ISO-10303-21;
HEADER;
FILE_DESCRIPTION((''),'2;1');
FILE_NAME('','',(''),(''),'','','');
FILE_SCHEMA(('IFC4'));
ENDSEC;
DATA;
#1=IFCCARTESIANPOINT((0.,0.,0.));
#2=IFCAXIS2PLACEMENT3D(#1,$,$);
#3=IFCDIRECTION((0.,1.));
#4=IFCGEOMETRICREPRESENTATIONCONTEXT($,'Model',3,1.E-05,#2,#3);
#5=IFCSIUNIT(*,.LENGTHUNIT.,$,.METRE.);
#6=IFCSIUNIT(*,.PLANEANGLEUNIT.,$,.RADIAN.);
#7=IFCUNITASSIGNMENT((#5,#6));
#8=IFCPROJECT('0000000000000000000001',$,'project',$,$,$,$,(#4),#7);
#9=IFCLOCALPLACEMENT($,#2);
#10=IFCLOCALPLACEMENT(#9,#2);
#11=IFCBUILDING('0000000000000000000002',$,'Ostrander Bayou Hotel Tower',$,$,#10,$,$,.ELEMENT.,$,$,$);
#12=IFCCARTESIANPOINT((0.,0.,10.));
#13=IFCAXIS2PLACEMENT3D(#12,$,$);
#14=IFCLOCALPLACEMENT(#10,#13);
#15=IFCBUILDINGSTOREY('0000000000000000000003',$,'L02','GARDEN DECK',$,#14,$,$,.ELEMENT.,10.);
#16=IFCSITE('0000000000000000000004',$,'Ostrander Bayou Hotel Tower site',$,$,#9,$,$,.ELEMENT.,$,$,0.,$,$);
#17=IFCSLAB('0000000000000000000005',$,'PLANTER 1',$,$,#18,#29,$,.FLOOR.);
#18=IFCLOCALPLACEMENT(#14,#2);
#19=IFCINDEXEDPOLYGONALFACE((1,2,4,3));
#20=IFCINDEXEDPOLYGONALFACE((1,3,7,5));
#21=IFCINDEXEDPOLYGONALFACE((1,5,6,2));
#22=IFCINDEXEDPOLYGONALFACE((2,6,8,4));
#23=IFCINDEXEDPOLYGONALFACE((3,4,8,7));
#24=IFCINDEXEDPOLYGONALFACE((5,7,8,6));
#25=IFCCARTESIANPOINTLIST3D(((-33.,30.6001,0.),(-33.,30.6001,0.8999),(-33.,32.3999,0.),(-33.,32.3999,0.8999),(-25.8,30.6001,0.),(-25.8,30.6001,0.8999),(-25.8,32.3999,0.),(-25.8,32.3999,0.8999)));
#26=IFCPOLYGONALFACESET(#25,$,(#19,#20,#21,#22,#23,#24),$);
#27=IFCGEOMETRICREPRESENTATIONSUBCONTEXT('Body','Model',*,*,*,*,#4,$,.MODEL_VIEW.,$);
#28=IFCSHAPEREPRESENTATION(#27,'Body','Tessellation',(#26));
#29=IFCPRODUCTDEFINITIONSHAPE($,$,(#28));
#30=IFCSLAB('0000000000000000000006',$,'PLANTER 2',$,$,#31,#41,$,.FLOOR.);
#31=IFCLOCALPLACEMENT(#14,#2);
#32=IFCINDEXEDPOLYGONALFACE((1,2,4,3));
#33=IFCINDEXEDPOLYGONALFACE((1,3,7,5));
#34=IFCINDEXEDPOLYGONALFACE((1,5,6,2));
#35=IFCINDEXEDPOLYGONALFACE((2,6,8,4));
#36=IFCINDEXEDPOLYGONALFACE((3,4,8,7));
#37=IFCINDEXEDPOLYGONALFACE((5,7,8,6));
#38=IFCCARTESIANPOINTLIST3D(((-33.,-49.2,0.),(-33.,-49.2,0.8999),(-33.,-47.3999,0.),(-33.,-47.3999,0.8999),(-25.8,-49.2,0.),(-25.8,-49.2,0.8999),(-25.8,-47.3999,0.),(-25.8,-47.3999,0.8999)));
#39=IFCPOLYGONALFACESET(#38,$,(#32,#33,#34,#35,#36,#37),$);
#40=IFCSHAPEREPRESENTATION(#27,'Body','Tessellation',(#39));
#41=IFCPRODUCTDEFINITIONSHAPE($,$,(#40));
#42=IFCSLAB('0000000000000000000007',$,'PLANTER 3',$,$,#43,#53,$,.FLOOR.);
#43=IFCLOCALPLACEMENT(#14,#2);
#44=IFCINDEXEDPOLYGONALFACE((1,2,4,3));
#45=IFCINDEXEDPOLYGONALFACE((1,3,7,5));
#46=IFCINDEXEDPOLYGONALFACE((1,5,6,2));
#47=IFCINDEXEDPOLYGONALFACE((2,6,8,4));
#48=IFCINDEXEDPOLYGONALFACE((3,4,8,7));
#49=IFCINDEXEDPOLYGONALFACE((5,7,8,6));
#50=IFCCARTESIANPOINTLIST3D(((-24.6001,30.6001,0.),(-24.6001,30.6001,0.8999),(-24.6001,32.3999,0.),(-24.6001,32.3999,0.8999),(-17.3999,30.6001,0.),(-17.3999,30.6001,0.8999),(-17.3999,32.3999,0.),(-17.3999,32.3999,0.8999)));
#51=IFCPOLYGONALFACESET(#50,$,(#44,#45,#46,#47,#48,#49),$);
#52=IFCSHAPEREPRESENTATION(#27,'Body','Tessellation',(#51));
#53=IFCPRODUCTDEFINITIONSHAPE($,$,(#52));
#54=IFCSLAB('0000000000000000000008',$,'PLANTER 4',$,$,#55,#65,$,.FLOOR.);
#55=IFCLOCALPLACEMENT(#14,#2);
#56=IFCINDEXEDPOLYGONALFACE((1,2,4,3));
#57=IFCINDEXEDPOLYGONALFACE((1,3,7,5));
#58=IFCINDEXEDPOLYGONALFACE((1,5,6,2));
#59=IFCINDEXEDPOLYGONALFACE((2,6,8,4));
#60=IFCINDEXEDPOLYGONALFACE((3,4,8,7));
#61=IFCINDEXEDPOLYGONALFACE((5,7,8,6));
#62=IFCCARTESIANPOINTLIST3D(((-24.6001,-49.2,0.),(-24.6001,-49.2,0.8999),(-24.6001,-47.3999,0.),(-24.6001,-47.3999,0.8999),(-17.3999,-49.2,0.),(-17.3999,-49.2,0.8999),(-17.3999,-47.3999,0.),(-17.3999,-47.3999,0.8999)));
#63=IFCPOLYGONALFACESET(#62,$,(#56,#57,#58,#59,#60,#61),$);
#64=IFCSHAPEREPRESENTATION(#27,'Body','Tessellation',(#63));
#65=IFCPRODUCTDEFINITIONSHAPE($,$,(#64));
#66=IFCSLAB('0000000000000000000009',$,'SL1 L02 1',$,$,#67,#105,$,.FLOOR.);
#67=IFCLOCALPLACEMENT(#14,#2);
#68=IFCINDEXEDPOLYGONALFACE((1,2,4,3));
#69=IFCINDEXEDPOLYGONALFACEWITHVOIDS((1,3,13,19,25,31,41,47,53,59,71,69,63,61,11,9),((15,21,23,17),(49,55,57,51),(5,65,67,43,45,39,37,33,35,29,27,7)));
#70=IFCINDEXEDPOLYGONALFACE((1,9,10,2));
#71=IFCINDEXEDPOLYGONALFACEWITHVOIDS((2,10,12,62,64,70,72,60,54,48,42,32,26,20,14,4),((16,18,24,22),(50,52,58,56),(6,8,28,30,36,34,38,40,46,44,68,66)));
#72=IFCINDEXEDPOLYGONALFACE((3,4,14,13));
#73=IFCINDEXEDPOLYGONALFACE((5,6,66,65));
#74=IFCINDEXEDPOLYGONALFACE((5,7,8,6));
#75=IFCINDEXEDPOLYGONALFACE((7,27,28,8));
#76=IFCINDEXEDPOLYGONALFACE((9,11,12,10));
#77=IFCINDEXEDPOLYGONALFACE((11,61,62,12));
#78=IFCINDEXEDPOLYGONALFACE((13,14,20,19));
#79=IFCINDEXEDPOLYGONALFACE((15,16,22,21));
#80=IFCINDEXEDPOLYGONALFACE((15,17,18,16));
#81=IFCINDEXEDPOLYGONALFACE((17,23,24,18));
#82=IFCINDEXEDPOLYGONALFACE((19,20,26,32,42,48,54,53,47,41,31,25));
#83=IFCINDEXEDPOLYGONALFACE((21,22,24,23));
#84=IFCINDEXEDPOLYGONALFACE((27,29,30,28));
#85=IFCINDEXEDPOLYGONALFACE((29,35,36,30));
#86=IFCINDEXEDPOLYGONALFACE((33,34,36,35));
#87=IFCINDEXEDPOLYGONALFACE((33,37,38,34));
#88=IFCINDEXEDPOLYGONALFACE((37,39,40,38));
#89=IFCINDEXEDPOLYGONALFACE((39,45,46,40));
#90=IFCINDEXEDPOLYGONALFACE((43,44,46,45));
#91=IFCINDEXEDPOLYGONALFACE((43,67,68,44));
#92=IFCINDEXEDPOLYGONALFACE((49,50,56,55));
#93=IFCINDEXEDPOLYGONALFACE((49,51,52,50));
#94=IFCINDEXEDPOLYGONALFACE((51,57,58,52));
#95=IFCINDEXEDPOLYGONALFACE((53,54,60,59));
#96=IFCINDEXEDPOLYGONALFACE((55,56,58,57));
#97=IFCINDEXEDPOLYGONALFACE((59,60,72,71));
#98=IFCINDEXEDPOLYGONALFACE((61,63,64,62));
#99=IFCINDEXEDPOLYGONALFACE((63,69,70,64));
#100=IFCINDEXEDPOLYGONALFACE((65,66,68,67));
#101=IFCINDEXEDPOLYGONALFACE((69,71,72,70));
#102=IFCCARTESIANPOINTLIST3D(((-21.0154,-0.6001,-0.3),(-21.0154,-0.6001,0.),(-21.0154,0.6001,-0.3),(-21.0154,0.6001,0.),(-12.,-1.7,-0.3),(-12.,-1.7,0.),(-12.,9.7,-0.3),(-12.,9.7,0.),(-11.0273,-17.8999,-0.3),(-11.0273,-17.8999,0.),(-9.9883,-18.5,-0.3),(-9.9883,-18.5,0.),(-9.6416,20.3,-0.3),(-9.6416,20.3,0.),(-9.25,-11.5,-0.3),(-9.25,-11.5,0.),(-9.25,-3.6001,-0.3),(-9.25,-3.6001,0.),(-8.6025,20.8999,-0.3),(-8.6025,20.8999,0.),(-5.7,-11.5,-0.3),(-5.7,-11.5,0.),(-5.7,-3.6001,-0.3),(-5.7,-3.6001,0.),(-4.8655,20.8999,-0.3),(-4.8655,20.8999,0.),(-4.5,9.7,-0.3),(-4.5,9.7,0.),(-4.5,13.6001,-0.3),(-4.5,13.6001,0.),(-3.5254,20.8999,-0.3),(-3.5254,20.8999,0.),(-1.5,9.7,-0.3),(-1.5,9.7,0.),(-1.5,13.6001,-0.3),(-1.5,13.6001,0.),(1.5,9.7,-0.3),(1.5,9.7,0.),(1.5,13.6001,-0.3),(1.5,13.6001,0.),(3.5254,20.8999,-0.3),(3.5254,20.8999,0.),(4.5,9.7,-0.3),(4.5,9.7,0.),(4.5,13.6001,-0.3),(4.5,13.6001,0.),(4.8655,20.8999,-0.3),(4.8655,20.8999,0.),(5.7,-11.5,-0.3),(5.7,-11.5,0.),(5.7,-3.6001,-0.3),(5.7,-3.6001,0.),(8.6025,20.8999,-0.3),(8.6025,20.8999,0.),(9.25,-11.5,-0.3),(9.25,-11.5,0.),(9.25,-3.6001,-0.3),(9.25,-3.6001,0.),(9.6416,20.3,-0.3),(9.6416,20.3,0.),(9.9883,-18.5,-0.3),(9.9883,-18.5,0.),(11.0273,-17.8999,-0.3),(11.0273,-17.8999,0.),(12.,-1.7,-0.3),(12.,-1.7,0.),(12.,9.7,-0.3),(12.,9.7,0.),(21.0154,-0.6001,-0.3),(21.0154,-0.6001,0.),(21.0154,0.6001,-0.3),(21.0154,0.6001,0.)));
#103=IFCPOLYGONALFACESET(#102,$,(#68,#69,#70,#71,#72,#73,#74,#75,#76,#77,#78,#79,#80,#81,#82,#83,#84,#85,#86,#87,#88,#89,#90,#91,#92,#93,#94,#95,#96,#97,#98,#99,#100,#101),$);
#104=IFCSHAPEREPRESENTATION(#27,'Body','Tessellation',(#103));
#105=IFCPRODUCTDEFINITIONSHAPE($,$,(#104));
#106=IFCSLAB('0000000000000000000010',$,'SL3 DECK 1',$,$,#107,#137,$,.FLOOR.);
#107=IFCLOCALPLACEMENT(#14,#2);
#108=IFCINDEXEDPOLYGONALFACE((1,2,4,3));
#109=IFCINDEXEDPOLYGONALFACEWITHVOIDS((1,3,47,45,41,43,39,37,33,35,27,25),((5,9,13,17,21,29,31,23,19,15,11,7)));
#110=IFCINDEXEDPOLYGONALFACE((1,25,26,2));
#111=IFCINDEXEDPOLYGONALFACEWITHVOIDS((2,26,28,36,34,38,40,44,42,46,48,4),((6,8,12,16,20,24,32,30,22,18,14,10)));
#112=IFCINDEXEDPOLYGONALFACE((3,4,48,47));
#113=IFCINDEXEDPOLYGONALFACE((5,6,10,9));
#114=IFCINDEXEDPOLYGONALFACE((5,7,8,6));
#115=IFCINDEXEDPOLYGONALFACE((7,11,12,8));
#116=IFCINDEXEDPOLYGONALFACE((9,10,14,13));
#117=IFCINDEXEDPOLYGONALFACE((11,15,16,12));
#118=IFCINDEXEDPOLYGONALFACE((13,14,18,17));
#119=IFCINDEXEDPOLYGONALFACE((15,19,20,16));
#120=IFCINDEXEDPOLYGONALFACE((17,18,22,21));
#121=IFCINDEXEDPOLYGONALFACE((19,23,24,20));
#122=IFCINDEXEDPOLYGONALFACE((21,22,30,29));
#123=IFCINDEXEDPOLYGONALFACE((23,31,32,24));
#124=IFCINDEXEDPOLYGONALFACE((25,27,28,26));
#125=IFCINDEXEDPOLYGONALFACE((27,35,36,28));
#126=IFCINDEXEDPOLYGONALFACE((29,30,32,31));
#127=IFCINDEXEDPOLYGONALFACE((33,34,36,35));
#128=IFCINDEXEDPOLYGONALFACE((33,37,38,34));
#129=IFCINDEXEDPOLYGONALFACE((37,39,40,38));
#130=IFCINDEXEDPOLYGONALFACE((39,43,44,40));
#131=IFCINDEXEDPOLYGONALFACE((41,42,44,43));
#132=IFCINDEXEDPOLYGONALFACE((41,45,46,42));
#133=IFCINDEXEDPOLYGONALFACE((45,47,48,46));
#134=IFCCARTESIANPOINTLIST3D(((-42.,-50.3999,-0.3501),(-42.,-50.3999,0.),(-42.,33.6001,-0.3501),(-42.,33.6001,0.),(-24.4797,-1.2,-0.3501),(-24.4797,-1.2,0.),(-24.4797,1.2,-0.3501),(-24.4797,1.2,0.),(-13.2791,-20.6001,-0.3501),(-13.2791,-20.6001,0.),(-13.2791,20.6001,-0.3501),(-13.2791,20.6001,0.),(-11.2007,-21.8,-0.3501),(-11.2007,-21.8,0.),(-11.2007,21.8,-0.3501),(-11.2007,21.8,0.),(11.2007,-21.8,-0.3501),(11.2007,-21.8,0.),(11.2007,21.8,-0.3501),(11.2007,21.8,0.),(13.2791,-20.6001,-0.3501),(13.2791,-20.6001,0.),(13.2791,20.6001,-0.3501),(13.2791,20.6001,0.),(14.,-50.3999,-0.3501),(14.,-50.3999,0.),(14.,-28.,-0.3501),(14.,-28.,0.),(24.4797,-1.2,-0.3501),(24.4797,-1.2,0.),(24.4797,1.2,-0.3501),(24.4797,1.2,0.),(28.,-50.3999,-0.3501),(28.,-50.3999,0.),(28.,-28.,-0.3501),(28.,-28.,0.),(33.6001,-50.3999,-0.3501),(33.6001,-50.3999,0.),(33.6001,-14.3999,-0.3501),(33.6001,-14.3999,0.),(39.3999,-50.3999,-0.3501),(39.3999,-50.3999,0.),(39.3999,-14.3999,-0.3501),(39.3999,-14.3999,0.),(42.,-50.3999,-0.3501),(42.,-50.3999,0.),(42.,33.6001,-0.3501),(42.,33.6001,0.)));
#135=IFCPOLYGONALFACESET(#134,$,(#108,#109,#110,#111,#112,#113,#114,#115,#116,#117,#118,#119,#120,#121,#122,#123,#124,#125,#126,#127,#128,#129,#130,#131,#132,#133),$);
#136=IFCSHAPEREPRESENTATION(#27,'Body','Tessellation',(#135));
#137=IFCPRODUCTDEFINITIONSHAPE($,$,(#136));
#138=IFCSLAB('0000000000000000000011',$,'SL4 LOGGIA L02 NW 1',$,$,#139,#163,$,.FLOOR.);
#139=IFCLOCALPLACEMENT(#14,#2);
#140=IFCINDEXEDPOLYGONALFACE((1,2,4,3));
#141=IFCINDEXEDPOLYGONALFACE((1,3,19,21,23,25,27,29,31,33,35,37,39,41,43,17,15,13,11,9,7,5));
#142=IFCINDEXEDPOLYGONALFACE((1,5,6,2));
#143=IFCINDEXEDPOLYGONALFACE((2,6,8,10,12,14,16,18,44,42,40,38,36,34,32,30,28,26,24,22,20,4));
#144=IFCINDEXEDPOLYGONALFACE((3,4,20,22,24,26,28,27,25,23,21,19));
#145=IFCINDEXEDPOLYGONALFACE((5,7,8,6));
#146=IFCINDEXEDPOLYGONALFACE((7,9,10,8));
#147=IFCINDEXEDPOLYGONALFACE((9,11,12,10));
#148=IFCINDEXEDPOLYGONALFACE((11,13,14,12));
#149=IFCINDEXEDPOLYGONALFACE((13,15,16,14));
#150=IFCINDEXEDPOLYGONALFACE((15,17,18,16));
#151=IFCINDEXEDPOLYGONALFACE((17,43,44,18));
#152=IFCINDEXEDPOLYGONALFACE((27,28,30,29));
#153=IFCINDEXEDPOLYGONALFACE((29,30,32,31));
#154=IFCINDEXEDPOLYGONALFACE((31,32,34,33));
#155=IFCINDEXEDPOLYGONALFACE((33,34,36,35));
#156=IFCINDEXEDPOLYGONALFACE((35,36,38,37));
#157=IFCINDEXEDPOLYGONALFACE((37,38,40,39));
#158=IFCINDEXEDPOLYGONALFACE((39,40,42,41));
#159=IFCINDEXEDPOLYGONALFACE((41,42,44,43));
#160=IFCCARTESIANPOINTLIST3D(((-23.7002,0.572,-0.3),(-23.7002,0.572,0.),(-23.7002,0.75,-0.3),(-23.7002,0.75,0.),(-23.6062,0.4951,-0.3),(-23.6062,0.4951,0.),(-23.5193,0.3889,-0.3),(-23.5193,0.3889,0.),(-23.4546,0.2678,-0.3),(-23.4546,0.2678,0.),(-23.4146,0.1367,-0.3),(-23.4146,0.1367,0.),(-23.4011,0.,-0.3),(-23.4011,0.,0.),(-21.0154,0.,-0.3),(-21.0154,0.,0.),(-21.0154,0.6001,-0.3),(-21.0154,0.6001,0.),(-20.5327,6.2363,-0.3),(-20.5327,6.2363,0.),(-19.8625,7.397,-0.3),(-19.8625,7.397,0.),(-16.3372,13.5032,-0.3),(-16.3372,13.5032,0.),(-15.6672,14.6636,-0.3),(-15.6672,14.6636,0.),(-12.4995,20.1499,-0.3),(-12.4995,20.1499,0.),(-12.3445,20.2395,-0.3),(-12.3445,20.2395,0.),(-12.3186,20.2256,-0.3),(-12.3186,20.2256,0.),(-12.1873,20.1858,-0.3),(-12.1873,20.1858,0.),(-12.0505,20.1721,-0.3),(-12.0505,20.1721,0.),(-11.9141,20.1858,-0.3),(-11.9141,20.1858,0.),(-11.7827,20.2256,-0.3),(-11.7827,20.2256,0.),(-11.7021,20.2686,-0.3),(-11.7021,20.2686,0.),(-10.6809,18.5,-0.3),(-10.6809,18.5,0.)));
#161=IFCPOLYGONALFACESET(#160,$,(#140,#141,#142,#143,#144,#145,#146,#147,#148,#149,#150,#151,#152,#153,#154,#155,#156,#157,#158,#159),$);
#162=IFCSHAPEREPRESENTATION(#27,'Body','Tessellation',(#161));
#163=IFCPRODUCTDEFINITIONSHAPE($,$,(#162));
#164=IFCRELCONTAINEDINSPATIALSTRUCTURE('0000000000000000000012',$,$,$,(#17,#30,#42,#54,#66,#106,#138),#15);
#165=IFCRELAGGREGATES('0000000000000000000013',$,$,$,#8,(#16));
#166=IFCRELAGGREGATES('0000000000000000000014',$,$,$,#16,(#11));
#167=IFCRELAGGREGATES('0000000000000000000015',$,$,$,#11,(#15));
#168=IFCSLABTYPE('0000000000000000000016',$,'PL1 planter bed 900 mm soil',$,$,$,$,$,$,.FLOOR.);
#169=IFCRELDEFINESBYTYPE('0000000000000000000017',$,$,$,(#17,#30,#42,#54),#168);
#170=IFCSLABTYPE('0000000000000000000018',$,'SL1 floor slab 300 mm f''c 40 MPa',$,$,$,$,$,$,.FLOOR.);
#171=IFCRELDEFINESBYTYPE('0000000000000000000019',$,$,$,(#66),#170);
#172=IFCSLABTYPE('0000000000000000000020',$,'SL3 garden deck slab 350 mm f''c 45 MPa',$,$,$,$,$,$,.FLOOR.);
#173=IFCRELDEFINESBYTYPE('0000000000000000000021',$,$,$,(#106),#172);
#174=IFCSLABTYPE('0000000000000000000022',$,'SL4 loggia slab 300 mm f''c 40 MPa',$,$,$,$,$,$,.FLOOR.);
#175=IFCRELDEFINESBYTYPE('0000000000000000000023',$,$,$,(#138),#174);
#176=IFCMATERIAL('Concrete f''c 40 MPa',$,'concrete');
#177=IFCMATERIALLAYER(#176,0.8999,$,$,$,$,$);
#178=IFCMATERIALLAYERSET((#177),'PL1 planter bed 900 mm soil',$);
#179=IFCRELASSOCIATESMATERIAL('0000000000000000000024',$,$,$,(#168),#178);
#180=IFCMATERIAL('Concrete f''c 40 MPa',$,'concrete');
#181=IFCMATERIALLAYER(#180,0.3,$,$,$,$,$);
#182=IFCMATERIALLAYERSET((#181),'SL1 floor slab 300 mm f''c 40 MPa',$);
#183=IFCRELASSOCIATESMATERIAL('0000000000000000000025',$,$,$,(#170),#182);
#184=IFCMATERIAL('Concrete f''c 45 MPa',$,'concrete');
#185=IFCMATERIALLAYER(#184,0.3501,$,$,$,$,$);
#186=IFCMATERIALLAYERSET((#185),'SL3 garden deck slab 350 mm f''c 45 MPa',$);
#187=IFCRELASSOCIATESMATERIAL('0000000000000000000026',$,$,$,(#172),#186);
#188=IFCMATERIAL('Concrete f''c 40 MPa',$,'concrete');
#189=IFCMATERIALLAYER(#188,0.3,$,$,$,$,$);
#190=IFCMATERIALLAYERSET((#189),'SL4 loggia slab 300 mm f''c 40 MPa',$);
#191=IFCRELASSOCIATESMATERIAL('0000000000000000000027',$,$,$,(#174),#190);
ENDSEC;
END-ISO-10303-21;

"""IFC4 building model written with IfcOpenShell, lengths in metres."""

from ifc_helpers import new_model, si_unit, direction, frame, origin, place, context, subcontext, project, spatial, polyline, outline, extrude, material, layer, layer_set, type_object, element, save


model = new_model("IFC4")

# Units and contexts
model_context = context("Model", 3, precision=1e-05, world=origin(), true_north=direction((0.0, 1.0)))
body_context = subcontext(model_context, "Body", "Model", "MODEL_VIEW")
ifc_project = project(units=[si_unit("LENGTHUNIT", "METRE"), si_unit("PLANEANGLEUNIT", "RADIAN")], contexts=[model_context])

# Site, building, storey
site_placement = place(None, origin())
site = spatial("IfcSite", under=ifc_project, at=site_placement, Name="Ostrander Bayou Hotel Tower site", CompositionType="ELEMENT", RefElevation=0.0)
building_placement = place(site_placement, origin())
building = spatial("IfcBuilding", under=site, at=building_placement, Name="Ostrander Bayou Hotel Tower", CompositionType="ELEMENT")
storey_placement = place(building_placement, frame((0.0, 0.0, 10.0)))
storey = spatial("IfcBuildingStorey", under=building, at=storey_placement, Name="L02", Description="GARDEN DECK", CompositionType="ELEMENT", Elevation=10.0)

# Slabs
ifc_material_1 = material(Name="Concrete f'c 40 MPa", Category="concrete")
ifc_layer_1 = layer(ifc_material_1, 0.8999)
ifc_layer_set_1 = layer_set([ifc_layer_1], Name="PL1 planter bed 900 mm soil")
slab_type_1 = type_object("IfcSlabType", Name="PL1 planter bed 900 mm soil", PredefinedType="FLOOR", material=ifc_layer_set_1)
slab_1_placement = place(storey_placement, origin())
element("IfcSlab", 1, at=slab_1_placement, inside=storey, type_object=slab_type_1, Name="PLANTER 1", PredefinedType="FLOOR", context=body_context, shape_type="SweptSolid", body=[
    extrude(outline(polyline([(-25.8, 30.6001), (-25.8, 32.3999), (-33.0, 32.3999), (-33.0, 30.6001), (-25.8, 30.6001)])), origin(), (0.0, 0.0, 1.0), 0.8999),
])
slab_2_placement = place(storey_placement, origin())
element("IfcSlab", 2, at=slab_2_placement, inside=storey, type_object=slab_type_1, Name="PLANTER 2", PredefinedType="FLOOR", context=body_context, shape_type="SweptSolid", body=[
    extrude(outline(polyline([(-25.8, -49.2), (-25.8, -47.3999), (-33.0, -47.3999), (-33.0, -49.2), (-25.8, -49.2)])), origin(), (0.0, 0.0, 1.0), 0.8999),
])
slab_3_placement = place(storey_placement, origin())
element("IfcSlab", 3, at=slab_3_placement, inside=storey, type_object=slab_type_1, Name="PLANTER 3", PredefinedType="FLOOR", context=body_context, shape_type="SweptSolid", body=[
    extrude(outline(polyline([(-17.3999, 30.6001), (-17.3999, 32.3999), (-24.6001, 32.3999), (-24.6001, 30.6001), (-17.3999, 30.6001)])), origin(), (0.0, 0.0, 1.0), 0.8999),
])
slab_4_placement = place(storey_placement, origin())
element("IfcSlab", 4, at=slab_4_placement, inside=storey, type_object=slab_type_1, Name="PLANTER 4", PredefinedType="FLOOR", context=body_context, shape_type="SweptSolid", body=[
    extrude(outline(polyline([(-17.3999, -49.2), (-17.3999, -47.3999), (-24.6001, -47.3999), (-24.6001, -49.2), (-17.3999, -49.2)])), origin(), (0.0, 0.0, 1.0), 0.8999),
])
ifc_material_2 = material(Name="Concrete f'c 40 MPa", Category="concrete")
ifc_layer_2 = layer(ifc_material_2, 0.3)
ifc_layer_set_2 = layer_set([ifc_layer_2], Name="SL1 floor slab 300 mm f'c 40 MPa")
slab_type_2 = type_object("IfcSlabType", Name="SL1 floor slab 300 mm f'c 40 MPa", PredefinedType="FLOOR", material=ifc_layer_set_2)
slab_5_placement = place(storey_placement, frame((0.0, 0.0, -0.3)))
element("IfcSlab", 5, at=slab_5_placement, inside=storey, type_object=slab_type_2, Name="SL1 L02 1", PredefinedType="FLOOR", context=body_context, shape_type="SweptSolid", body=[
    extrude(outline(polyline([(-3.5254, 20.8999), (3.5254, 20.8999), (4.8655, 20.8999), (8.6025, 20.8999), (9.6416, 20.3), (21.0154, 0.6001), (21.0154, -0.6001), (11.0273, -17.8999), (9.9883, -18.5), (-9.9883, -18.5), (-11.0273, -17.8999), (-21.0154, -0.6001), (-21.0154, 0.6001), (-9.6416, 20.3), (-8.6025, 20.8999), (-4.8655, 20.8999), (-3.5254, 20.8999)]), holes=[polyline([(-12.0, -1.7), (12.0, -1.7), (12.0, 9.7), (4.5, 9.7), (4.5, 13.6001), (1.5, 13.6001), (1.5, 9.7), (-1.5, 9.7), (-1.5, 13.6001), (-4.5, 13.6001), (-4.5, 9.7), (-12.0, 9.7), (-12.0, -1.7)]), polyline([(9.25, -3.6001), (5.7, -3.6001), (5.7, -11.5), (9.25, -11.5), (9.25, -3.6001)]), polyline([(-5.7, -3.6001), (-9.25, -3.6001), (-9.25, -11.5), (-5.7, -11.5), (-5.7, -3.6001)])]), origin(), (0.0, 0.0, 1.0), 0.3),
])
ifc_material_3 = material(Name="Concrete f'c 45 MPa", Category="concrete")
ifc_layer_3 = layer(ifc_material_3, 0.3501)
ifc_layer_set_3 = layer_set([ifc_layer_3], Name="SL3 garden deck slab 350 mm f'c 45 MPa")
slab_type_3 = type_object("IfcSlabType", Name="SL3 garden deck slab 350 mm f'c 45 MPa", PredefinedType="FLOOR", material=ifc_layer_set_3)
slab_6_placement = place(storey_placement, frame((0.0, 0.0, -0.3501)))
element("IfcSlab", 6, at=slab_6_placement, inside=storey, type_object=slab_type_3, Name="SL3 DECK 1", PredefinedType="FLOOR", context=body_context, shape_type="SweptSolid", body=[
    extrude(outline(polyline([(42.0, 33.6001), (42.0, -50.3999), (39.3999, -50.3999), (39.3999, -14.3999), (33.6001, -14.3999), (33.6001, -50.3999), (28.0, -50.3999), (28.0, -28.0), (14.0, -28.0), (14.0, -50.3999), (-42.0, -50.3999), (-42.0, 33.6001), (42.0, 33.6001)]), holes=[polyline([(-13.2791, -20.6001), (-11.2007, -21.8), (11.2007, -21.8), (13.2791, -20.6001), (24.4797, -1.2), (24.4797, 1.2), (13.2791, 20.6001), (11.2007, 21.8), (-11.2007, 21.8), (-13.2791, 20.6001), (-24.4797, 1.2), (-24.4797, -1.2), (-13.2791, -20.6001)])]), origin(), (0.0, 0.0, 1.0), 0.3501),
])
ifc_material_4 = material(Name="Concrete f'c 40 MPa", Category="concrete")
ifc_layer_4 = layer(ifc_material_4, 0.3)
ifc_layer_set_4 = layer_set([ifc_layer_4], Name="SL4 loggia slab 300 mm f'c 40 MPa")
slab_type_4 = type_object("IfcSlabType", Name="SL4 loggia slab 300 mm f'c 40 MPa", PredefinedType="FLOOR", material=ifc_layer_set_4)
slab_7_placement = place(storey_placement, frame((0.0, 0.0, -0.3)))
element("IfcSlab", 7, at=slab_7_placement, inside=storey, type_object=slab_type_4, Name="SL4 LOGGIA L02 NW 1", PredefinedType="FLOOR", context=body_context, shape_type="SweptSolid", body=[
    extrude(outline(polyline([(-23.4011, 0.0), (-23.4146, 0.1367), (-23.4546, 0.2678), (-23.5193, 0.3889), (-23.6062, 0.4951), (-23.7002, 0.572), (-23.7002, 0.75), (-20.5327, 6.2363), (-19.8625, 7.397), (-16.3372, 13.5032), (-15.6672, 14.6636), (-12.4995, 20.1499), (-12.3445, 20.2395), (-12.3186, 20.2256), (-12.1873, 20.1858), (-12.0505, 20.1721), (-11.9141, 20.1858), (-11.7827, 20.2256), (-11.7021, 20.2686), (-10.6809, 18.5), (-21.0154, 0.6001), (-21.0154, 0.0), (-23.4011, 0.0)])), origin(), (0.0, 0.0, 1.0), 0.3),
])

save(model, "model.ifc")
